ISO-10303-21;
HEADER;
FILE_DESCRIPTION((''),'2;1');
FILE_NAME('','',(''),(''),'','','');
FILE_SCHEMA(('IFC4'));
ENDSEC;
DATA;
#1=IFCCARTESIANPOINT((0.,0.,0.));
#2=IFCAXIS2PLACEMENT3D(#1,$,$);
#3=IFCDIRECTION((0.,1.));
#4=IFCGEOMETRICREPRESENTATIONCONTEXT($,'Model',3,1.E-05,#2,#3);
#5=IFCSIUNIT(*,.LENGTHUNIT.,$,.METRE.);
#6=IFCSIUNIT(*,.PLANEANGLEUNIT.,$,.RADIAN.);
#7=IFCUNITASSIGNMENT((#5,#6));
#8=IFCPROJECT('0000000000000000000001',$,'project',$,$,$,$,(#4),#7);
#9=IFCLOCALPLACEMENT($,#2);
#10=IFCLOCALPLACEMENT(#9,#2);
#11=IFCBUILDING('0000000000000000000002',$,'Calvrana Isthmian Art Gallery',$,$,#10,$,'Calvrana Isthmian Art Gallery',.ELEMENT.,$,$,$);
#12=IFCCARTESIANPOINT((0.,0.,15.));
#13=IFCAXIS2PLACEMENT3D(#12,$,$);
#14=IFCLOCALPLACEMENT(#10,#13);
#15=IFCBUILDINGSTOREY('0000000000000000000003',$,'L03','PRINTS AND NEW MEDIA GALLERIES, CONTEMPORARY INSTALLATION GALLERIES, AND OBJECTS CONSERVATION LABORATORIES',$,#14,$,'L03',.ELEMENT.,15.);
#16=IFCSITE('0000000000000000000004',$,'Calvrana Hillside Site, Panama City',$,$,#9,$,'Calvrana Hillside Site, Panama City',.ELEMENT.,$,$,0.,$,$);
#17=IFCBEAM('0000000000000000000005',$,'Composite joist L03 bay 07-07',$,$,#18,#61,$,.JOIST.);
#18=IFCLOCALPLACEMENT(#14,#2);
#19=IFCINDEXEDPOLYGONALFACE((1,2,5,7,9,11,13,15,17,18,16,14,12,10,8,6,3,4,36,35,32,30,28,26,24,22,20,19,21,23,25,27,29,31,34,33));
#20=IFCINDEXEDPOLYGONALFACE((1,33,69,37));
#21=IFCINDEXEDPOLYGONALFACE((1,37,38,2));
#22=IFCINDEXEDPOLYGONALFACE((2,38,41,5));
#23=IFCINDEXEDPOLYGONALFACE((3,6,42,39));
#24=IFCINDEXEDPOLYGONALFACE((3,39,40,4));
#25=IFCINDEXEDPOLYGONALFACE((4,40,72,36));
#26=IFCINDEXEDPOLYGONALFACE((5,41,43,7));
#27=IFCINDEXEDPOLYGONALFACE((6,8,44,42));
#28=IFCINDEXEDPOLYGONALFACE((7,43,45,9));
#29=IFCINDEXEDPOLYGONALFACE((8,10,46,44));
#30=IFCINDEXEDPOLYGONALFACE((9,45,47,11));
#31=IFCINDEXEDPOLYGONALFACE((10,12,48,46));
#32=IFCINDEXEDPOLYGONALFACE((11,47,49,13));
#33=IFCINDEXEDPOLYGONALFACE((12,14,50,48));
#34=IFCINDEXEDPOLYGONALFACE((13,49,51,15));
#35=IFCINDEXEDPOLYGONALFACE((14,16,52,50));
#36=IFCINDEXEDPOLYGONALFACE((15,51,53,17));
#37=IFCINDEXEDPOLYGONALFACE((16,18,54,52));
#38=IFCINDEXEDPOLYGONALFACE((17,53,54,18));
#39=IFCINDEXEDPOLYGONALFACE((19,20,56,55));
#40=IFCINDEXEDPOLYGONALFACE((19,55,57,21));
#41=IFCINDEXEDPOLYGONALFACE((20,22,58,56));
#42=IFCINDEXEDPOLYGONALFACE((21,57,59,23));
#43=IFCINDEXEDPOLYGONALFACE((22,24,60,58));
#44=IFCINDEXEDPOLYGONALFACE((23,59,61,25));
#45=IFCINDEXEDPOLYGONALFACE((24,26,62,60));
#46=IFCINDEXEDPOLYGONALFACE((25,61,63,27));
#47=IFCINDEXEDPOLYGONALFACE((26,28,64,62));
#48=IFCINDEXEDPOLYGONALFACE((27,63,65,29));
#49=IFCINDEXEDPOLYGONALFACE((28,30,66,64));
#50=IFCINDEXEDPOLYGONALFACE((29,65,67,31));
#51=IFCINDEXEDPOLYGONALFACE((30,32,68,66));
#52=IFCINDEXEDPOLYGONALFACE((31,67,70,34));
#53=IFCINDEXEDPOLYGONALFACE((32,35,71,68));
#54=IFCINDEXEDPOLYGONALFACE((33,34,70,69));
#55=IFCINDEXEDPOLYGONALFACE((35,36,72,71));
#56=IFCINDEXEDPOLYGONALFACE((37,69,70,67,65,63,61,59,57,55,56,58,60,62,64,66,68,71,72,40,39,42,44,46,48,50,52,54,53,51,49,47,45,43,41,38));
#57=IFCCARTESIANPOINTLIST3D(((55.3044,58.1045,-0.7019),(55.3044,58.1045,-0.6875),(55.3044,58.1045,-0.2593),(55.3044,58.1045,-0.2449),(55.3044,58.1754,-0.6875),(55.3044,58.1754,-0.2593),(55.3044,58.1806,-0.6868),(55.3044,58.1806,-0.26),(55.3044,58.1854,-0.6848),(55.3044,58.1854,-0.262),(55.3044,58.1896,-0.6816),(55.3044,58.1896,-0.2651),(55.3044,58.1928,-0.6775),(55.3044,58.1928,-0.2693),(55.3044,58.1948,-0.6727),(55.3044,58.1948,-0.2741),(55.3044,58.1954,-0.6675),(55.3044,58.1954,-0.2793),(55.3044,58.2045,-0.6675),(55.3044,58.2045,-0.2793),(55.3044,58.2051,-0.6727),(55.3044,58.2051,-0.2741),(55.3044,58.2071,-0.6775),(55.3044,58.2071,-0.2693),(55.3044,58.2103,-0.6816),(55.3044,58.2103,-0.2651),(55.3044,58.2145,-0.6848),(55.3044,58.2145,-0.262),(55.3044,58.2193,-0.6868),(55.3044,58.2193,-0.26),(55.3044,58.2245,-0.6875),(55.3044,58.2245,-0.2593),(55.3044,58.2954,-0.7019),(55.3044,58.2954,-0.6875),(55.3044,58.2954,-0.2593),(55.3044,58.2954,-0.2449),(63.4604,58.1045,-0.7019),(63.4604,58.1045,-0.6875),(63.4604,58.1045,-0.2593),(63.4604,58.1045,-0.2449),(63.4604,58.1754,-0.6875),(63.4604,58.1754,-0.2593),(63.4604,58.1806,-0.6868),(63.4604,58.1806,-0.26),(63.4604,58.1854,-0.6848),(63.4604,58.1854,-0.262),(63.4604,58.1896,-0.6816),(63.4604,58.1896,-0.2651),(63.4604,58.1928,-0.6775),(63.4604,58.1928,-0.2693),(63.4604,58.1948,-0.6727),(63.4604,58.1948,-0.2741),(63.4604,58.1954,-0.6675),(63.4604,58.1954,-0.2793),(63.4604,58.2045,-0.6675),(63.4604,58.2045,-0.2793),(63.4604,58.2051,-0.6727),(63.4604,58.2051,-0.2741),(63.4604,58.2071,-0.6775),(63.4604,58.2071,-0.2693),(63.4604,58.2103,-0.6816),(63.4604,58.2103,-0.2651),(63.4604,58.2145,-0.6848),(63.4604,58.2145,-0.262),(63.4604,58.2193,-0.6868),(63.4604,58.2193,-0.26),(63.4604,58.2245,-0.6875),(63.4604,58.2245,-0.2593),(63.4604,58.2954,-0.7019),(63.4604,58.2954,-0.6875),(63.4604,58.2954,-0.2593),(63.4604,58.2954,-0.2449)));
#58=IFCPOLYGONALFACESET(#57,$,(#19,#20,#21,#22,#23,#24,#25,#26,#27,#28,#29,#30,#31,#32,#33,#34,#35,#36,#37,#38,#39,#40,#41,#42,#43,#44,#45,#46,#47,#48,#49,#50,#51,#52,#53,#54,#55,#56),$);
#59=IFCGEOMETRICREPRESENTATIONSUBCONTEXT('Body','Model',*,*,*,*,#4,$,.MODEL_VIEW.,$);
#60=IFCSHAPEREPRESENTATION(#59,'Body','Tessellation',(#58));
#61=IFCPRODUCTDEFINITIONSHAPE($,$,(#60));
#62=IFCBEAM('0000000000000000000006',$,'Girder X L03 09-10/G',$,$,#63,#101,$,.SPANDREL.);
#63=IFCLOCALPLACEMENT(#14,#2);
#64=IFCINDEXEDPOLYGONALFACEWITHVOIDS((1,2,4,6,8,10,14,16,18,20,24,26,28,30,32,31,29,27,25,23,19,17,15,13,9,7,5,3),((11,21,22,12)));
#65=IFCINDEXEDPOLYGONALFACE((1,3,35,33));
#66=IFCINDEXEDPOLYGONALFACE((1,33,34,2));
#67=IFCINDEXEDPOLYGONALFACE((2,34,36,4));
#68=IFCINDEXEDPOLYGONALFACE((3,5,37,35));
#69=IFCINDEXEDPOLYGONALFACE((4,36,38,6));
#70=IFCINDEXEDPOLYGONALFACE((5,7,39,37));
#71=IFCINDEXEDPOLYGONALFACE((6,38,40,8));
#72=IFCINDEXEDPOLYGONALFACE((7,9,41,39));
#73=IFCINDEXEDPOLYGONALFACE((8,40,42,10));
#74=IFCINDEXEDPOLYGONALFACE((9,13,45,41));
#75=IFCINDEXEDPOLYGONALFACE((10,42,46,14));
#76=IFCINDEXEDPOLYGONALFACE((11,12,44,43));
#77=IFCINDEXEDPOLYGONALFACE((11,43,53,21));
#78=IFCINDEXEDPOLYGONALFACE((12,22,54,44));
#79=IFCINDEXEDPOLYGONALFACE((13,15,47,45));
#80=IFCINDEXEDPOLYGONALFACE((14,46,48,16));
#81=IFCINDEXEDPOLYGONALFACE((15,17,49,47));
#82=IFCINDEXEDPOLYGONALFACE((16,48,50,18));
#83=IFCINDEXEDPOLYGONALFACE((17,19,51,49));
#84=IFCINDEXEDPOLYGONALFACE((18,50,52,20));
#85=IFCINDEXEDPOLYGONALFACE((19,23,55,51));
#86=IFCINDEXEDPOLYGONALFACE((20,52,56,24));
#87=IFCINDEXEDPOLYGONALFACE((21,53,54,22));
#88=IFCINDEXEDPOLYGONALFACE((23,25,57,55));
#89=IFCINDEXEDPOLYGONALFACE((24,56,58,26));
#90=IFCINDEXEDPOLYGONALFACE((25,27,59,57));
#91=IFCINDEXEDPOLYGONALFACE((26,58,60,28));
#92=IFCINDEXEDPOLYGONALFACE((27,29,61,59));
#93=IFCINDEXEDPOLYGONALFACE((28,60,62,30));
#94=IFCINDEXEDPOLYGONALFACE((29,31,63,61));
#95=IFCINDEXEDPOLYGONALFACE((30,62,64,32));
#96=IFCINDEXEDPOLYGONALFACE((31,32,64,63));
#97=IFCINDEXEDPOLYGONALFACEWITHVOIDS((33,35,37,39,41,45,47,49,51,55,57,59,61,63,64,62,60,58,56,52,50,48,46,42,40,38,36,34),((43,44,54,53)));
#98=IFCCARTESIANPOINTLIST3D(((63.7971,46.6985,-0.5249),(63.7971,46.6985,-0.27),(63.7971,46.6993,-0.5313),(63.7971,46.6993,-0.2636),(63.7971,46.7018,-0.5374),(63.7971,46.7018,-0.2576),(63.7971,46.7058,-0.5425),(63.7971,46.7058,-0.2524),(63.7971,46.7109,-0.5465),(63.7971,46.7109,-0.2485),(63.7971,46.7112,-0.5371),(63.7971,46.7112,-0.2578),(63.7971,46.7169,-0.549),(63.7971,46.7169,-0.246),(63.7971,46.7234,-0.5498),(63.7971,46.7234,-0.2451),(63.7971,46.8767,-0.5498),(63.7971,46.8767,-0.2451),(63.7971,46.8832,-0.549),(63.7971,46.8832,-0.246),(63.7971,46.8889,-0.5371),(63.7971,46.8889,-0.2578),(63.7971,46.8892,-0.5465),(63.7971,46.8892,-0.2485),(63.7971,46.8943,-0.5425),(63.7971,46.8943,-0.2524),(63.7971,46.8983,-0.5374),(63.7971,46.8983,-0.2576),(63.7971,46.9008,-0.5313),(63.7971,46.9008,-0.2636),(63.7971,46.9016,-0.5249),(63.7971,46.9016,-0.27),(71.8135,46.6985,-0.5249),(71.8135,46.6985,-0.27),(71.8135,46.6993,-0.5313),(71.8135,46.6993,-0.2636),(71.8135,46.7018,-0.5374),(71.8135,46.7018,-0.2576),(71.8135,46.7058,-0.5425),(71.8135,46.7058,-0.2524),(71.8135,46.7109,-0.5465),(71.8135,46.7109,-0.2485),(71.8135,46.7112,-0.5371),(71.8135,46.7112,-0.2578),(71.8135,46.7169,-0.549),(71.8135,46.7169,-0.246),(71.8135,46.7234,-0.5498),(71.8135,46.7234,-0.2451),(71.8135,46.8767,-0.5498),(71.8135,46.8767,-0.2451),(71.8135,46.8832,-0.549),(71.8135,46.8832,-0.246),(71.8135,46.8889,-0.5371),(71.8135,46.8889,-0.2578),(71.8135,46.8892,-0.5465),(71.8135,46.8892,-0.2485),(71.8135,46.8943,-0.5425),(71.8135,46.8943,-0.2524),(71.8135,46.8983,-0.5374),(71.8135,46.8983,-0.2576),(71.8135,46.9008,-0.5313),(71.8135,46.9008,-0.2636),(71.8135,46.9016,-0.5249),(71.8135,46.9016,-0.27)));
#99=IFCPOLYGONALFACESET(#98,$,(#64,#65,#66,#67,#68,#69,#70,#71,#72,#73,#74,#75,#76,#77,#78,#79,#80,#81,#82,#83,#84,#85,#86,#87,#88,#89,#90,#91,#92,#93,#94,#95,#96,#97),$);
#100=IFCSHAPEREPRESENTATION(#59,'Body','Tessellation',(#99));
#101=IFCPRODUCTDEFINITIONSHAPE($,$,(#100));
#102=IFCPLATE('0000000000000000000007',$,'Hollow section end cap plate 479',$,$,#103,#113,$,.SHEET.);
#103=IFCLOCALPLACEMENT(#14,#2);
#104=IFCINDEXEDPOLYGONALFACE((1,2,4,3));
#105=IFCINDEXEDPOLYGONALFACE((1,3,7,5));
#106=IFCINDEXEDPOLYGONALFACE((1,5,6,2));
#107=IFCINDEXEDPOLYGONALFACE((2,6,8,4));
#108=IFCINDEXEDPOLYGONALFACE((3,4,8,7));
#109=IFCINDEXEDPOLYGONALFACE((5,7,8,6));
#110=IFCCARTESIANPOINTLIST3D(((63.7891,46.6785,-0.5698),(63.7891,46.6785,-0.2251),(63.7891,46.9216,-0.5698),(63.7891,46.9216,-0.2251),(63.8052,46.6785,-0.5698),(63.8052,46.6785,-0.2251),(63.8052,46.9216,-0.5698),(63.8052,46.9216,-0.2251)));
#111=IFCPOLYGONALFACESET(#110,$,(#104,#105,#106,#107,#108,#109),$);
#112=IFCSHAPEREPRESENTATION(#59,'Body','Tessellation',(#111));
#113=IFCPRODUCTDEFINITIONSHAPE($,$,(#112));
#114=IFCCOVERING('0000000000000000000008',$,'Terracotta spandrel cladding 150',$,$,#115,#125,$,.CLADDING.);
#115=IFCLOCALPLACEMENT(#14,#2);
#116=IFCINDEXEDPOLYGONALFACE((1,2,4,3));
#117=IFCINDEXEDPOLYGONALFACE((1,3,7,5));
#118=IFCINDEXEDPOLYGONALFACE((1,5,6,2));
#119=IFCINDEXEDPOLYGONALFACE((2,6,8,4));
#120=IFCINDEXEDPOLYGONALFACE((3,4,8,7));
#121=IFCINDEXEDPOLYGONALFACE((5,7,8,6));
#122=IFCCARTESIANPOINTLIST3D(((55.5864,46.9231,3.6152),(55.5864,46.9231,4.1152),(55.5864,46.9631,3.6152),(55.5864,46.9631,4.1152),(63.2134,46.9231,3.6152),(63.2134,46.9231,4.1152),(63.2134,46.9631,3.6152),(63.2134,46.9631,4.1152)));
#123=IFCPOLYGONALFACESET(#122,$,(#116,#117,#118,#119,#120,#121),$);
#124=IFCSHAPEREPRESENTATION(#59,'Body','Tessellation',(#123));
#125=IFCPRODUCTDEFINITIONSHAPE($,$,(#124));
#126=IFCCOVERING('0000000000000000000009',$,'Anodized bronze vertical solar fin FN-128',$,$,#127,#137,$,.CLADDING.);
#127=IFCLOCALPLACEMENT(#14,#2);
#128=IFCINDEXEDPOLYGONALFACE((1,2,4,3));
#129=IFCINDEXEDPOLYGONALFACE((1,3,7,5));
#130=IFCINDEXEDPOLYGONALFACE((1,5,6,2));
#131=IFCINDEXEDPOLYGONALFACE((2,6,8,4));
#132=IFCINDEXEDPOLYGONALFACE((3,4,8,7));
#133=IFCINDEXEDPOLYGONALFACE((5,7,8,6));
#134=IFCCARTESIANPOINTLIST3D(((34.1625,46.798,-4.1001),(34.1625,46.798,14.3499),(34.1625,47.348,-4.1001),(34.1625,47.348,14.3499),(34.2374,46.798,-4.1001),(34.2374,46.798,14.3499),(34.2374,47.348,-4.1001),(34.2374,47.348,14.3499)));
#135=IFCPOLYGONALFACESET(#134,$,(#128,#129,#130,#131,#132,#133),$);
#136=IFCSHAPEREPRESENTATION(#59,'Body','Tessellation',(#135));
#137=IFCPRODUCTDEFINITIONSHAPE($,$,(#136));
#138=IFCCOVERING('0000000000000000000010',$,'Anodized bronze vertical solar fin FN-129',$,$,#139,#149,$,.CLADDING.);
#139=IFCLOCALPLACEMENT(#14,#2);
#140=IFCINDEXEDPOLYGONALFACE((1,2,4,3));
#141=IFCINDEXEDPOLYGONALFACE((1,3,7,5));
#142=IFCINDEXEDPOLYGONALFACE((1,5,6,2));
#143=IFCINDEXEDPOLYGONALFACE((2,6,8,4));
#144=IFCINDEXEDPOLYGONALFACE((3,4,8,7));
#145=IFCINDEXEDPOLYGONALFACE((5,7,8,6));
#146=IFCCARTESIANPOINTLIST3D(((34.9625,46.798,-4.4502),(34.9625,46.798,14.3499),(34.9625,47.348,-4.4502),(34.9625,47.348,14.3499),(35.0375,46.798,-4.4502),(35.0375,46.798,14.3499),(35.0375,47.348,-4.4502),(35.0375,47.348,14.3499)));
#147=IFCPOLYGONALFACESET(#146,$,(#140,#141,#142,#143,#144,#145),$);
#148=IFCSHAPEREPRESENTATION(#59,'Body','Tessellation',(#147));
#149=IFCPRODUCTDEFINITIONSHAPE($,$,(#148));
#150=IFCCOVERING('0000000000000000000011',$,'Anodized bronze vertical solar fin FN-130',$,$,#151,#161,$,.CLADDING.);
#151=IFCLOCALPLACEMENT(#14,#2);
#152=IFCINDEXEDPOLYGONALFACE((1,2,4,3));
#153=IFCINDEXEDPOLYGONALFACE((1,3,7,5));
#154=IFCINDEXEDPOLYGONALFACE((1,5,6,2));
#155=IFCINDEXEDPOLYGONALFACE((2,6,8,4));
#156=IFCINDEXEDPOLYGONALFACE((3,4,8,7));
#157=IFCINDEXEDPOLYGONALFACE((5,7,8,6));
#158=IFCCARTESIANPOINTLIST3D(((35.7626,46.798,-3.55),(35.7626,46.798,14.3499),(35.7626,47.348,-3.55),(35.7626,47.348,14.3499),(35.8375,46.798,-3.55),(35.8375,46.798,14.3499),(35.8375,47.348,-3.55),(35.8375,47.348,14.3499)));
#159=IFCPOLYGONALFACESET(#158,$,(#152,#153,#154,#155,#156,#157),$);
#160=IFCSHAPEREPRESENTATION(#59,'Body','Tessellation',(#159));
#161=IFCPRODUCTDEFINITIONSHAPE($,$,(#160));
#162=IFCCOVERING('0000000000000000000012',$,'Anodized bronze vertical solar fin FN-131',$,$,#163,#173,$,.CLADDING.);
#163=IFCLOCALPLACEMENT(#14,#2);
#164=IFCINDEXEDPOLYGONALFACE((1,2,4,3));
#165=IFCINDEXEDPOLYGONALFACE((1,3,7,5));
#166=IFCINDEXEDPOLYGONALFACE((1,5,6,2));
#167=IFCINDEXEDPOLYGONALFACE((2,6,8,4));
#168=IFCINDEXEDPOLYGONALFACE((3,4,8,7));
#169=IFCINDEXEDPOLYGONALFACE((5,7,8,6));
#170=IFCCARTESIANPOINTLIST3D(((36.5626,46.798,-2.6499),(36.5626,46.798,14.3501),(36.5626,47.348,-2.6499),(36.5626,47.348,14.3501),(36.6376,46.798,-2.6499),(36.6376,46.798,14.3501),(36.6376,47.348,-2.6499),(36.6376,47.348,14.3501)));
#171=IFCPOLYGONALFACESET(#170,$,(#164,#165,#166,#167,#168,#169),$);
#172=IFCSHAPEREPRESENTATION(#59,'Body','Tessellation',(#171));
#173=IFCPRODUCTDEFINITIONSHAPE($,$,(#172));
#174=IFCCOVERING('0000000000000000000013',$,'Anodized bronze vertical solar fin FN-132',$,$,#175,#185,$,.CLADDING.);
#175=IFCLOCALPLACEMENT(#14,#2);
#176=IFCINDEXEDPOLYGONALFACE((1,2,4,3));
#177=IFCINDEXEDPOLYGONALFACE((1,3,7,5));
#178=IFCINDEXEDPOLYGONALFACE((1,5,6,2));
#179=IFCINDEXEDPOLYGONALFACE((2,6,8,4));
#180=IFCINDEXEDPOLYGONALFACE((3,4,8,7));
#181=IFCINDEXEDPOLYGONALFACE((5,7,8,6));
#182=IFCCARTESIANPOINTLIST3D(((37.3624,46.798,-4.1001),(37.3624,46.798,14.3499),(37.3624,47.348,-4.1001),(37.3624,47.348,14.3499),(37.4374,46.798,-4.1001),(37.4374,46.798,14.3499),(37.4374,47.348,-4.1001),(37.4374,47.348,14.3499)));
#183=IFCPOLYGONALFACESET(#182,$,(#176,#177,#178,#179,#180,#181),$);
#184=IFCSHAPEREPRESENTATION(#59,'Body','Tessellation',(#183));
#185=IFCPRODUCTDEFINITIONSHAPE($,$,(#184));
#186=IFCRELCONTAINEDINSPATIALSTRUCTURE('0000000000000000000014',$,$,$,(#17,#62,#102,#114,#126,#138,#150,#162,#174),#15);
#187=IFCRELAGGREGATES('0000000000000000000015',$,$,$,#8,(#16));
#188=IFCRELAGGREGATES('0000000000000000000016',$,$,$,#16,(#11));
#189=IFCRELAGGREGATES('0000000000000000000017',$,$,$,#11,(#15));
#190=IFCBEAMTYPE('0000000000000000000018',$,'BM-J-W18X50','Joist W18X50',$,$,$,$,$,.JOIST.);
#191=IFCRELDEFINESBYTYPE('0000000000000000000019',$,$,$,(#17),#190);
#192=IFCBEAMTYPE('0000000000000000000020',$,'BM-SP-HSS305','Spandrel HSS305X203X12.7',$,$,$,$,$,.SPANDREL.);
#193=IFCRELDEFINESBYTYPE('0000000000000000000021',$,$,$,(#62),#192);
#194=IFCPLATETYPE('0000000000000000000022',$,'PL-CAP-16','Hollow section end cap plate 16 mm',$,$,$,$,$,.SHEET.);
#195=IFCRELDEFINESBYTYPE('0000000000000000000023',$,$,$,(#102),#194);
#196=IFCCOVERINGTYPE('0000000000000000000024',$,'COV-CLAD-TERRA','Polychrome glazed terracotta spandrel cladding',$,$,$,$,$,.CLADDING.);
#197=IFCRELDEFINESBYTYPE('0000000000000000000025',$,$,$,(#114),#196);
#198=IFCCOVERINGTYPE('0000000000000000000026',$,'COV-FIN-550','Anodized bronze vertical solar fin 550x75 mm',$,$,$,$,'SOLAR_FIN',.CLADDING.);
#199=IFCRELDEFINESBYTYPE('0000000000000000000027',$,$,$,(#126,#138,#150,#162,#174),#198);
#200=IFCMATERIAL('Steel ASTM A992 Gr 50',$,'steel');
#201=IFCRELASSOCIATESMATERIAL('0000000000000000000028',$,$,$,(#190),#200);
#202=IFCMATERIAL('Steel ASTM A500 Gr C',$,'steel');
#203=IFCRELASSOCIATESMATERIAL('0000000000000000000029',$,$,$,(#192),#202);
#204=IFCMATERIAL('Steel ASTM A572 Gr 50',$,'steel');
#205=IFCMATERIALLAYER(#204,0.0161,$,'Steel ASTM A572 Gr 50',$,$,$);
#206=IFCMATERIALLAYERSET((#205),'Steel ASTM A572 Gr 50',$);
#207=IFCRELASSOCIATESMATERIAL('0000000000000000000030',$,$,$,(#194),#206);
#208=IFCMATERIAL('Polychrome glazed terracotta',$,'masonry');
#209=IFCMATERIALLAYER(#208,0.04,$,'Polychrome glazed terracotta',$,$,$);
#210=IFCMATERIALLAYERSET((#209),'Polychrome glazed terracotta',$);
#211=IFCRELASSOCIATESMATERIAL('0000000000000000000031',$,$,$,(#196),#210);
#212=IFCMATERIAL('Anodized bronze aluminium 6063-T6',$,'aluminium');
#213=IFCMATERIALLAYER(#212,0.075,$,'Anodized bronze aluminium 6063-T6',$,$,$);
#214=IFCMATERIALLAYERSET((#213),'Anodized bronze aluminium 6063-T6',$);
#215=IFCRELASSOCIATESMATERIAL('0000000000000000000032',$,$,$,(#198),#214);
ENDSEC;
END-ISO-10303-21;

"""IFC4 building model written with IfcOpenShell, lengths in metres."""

from ifc_helpers import new_model, si_unit, direction, frame, origin, origin_2d, place, context, subcontext, project, spatial, rectangle, hollow_rectangle, i_section, extrude, material, layer, layer_set, material_profile, profile_set, type_object, element, save


model = new_model("IFC4")

# Units and contexts
model_context = context("Model", 3, precision=1e-05, world=origin(), true_north=direction((0.0, 1.0)))
body_context = subcontext(model_context, "Body", "Model", "MODEL_VIEW")
ifc_project = project(units=[si_unit("LENGTHUNIT", "METRE"), si_unit("PLANEANGLEUNIT", "RADIAN")], contexts=[model_context])

# Site, building, storey
site_placement = place(None, origin())
site = spatial("IfcSite", under=ifc_project, at=site_placement, Name="Calvrana Hillside Site, Panama City", LongName="Calvrana Hillside Site, Panama City", CompositionType="ELEMENT", RefElevation=0.0)
building_placement = place(site_placement, origin())
building = spatial("IfcBuilding", under=site, at=building_placement, Name="Calvrana Isthmian Art Gallery", LongName="Calvrana Isthmian Art Gallery", CompositionType="ELEMENT")
storey_placement = place(building_placement, frame((0.0, 0.0, 15.0)))
storey = spatial("IfcBuildingStorey", under=building, at=storey_placement, Name="L03", Description="PRINTS AND NEW MEDIA GALLERIES, CONTEMPORARY INSTALLATION GALLERIES, AND OBJECTS CONSERVATION LABORATORIES", LongName="L03", CompositionType="ELEMENT", Elevation=15.0)

# Shared definitions
ifc_material_1 = material(Name="Steel ASTM A992 Gr 50", Category="steel")

# Beams
ifc_material_profile_1 = material_profile(ifc_material_1, i_section(OverallWidth=0.1909, OverallDepth=0.457, WebThickness=0.009, FlangeThickness=0.0144, FilletRadius=0.02, at=origin_2d()), Name="W18X50")
ifc_profile_set_1 = profile_set([ifc_material_profile_1], Name="Steel ASTM A992 Gr 50")
beam_type_1 = type_object("IfcBeamType", Name="BM-J-W18X50", Description="Joist W18X50", PredefinedType="JOIST", material=ifc_profile_set_1)
beam_1_placement = place(storey_placement, frame((55.3044, 58.2, -0.4734), z_axis=(1.0, 0.0, 0.0), x_axis=(0.0, 1.0, 0.0)))
element("IfcBeam", 1, at=beam_1_placement, inside=storey, type_object=beam_type_1, Name="Composite joist L03 bay 07-07", PredefinedType="JOIST", context=body_context, shape_type="SweptSolid", body=[
    extrude(i_section(OverallWidth=0.1909, OverallDepth=0.457, WebThickness=0.009, FlangeThickness=0.0144, FilletRadius=0.02, at=origin_2d()), origin(), (0.0, 0.0, 1.0), 8.156),
])
ifc_material_2 = material(Name="Steel ASTM A500 Gr C", Category="steel")
ifc_material_profile_2 = material_profile(ifc_material_2, hollow_rectangle(XDim=0.2031, YDim=0.3047, WallThickness=0.0127, OuterFilletRadius=0.0249, at=origin_2d()), Name="HSS305X203X12.7")
ifc_profile_set_2 = profile_set([ifc_material_profile_2], Name="Steel ASTM A500 Gr C")
beam_type_2 = type_object("IfcBeamType", Name="BM-SP-HSS305", Description="Spandrel HSS305X203X12.7", PredefinedType="SPANDREL", material=ifc_profile_set_2)
beam_2_placement = place(storey_placement, frame((63.7971, 46.8, -0.3975), z_axis=(1.0, 0.0, 0.0), x_axis=(0.0, 1.0, 0.0)))
element("IfcBeam", 2, at=beam_2_placement, inside=storey, type_object=beam_type_2, Name="Girder X L03 09-10/G", PredefinedType="SPANDREL", context=body_context, shape_type="SweptSolid", body=[
    extrude(hollow_rectangle(XDim=0.2031, YDim=0.3047, WallThickness=0.0127, OuterFilletRadius=0.0249, at=origin_2d()), origin(), (0.0, 0.0, 1.0), 8.0164),
])

# Plate
ifc_material_3 = material(Name="Steel ASTM A572 Gr 50", Category="steel")
ifc_layer_1 = layer(ifc_material_3, 0.0161, Name="Steel ASTM A572 Gr 50")
ifc_layer_set_1 = layer_set([ifc_layer_1], Name="Steel ASTM A572 Gr 50")
plate_type = type_object("IfcPlateType", Name="PL-CAP-16", Description="Hollow section end cap plate 16 mm", PredefinedType="SHEET", material=ifc_layer_set_1)
plate_placement = place(storey_placement, frame((63.7971, 46.8, -0.5698), z_axis=(0.0, 0.0, 1.0), x_axis=(1.0, 0.0, 0.0)))
element("IfcPlate", 3, at=plate_placement, inside=storey, type_object=plate_type, Name="Hollow section end cap plate 479", PredefinedType="SHEET", context=body_context, shape_type="SweptSolid", body=[
    extrude(rectangle(XDim=0.0161, YDim=0.2432, at=origin_2d()), origin(), (0.0, 0.0, 1.0), 0.3447),
])

# Coverings
ifc_material_4 = material(Name="Polychrome glazed terracotta", Category="masonry")
ifc_layer_2 = layer(ifc_material_4, 0.04, Name="Polychrome glazed terracotta")
ifc_layer_set_2 = layer_set([ifc_layer_2], Name="Polychrome glazed terracotta")
covering_type_1 = type_object("IfcCoveringType", Name="COV-CLAD-TERRA", Description="Polychrome glazed terracotta spandrel cladding", PredefinedType="CLADDING", material=ifc_layer_set_2)
covering_1_placement = place(storey_placement, frame((59.3999, 46.9431, 3.6152), z_axis=(0.0, 0.0, 1.0), x_axis=(1.0, 0.0, 0.0)))
element("IfcCovering", 4, at=covering_1_placement, inside=storey, type_object=covering_type_1, Name="Terracotta spandrel cladding 150", PredefinedType="CLADDING", context=body_context, shape_type="SweptSolid", body=[
    extrude(rectangle(XDim=7.627, YDim=0.04, at=origin_2d()), origin(), (0.0, 0.0, 1.0), 0.5),
])
ifc_material_5 = material(Name="Anodized bronze aluminium 6063-T6", Category="aluminium")
ifc_layer_3 = layer(ifc_material_5, 0.075, Name="Anodized bronze aluminium 6063-T6")
ifc_layer_set_3 = layer_set([ifc_layer_3], Name="Anodized bronze aluminium 6063-T6")
covering_type_2 = type_object("IfcCoveringType", Name="COV-FIN-550", Description="Anodized bronze vertical solar fin 550x75 mm", ElementType="SOLAR_FIN", PredefinedType="CLADDING", material=ifc_layer_set_3)
covering_2_placement = place(storey_placement, frame((34.2, 47.073, -4.1001), z_axis=(0.0, 0.0, 1.0), x_axis=(1.0, 0.0, 0.0)))
element("IfcCovering", 5, at=covering_2_placement, inside=storey, type_object=covering_type_2, Name="Anodized bronze vertical solar fin FN-128", PredefinedType="CLADDING", context=body_context, shape_type="SweptSolid", body=[
    extrude(rectangle(XDim=0.075, YDim=0.55, at=origin_2d()), origin(), (0.0, 0.0, 1.0), 18.45),
])
covering_3_placement = place(storey_placement, frame((35.0, 47.073, -4.4502), z_axis=(0.0, 0.0, 1.0), x_axis=(1.0, 0.0, 0.0)))
element("IfcCovering", 6, at=covering_3_placement, inside=storey, type_object=covering_type_2, Name="Anodized bronze vertical solar fin FN-129", PredefinedType="CLADDING", context=body_context, shape_type="SweptSolid", body=[
    extrude(rectangle(XDim=0.075, YDim=0.55, at=origin_2d()), origin(), (0.0, 0.0, 1.0), 18.8),
])
covering_4_placement = place(storey_placement, frame((35.8, 47.073, -3.55), z_axis=(0.0, 0.0, 1.0), x_axis=(1.0, 0.0, 0.0)))
element("IfcCovering", 7, at=covering_4_placement, inside=storey, type_object=covering_type_2, Name="Anodized bronze vertical solar fin FN-130", PredefinedType="CLADDING", context=body_context, shape_type="SweptSolid", body=[
    extrude(rectangle(XDim=0.075, YDim=0.55, at=origin_2d()), origin(), (0.0, 0.0, 1.0), 17.8999),
])
covering_5_placement = place(storey_placement, frame((36.6001, 47.073, -2.6499), z_axis=(0.0, 0.0, 1.0), x_axis=(1.0, 0.0, 0.0)))
element("IfcCovering", 8, at=covering_5_placement, inside=storey, type_object=covering_type_2, Name="Anodized bronze vertical solar fin FN-131", PredefinedType="CLADDING", context=body_context, shape_type="SweptSolid", body=[
    extrude(rectangle(XDim=0.075, YDim=0.55, at=origin_2d()), origin(), (0.0, 0.0, 1.0), 17.0),
])
covering_6_placement = place(storey_placement, frame((37.3999, 47.073, -4.1001), z_axis=(0.0, 0.0, 1.0), x_axis=(1.0, 0.0, 0.0)))
element("IfcCovering", 9, at=covering_6_placement, inside=storey, type_object=covering_type_2, Name="Anodized bronze vertical solar fin FN-132", PredefinedType="CLADDING", context=body_context, shape_type="SweptSolid", body=[
    extrude(rectangle(XDim=0.075, YDim=0.55, at=origin_2d()), origin(), (0.0, 0.0, 1.0), 18.45),
])

save(model, "model.ifc")
